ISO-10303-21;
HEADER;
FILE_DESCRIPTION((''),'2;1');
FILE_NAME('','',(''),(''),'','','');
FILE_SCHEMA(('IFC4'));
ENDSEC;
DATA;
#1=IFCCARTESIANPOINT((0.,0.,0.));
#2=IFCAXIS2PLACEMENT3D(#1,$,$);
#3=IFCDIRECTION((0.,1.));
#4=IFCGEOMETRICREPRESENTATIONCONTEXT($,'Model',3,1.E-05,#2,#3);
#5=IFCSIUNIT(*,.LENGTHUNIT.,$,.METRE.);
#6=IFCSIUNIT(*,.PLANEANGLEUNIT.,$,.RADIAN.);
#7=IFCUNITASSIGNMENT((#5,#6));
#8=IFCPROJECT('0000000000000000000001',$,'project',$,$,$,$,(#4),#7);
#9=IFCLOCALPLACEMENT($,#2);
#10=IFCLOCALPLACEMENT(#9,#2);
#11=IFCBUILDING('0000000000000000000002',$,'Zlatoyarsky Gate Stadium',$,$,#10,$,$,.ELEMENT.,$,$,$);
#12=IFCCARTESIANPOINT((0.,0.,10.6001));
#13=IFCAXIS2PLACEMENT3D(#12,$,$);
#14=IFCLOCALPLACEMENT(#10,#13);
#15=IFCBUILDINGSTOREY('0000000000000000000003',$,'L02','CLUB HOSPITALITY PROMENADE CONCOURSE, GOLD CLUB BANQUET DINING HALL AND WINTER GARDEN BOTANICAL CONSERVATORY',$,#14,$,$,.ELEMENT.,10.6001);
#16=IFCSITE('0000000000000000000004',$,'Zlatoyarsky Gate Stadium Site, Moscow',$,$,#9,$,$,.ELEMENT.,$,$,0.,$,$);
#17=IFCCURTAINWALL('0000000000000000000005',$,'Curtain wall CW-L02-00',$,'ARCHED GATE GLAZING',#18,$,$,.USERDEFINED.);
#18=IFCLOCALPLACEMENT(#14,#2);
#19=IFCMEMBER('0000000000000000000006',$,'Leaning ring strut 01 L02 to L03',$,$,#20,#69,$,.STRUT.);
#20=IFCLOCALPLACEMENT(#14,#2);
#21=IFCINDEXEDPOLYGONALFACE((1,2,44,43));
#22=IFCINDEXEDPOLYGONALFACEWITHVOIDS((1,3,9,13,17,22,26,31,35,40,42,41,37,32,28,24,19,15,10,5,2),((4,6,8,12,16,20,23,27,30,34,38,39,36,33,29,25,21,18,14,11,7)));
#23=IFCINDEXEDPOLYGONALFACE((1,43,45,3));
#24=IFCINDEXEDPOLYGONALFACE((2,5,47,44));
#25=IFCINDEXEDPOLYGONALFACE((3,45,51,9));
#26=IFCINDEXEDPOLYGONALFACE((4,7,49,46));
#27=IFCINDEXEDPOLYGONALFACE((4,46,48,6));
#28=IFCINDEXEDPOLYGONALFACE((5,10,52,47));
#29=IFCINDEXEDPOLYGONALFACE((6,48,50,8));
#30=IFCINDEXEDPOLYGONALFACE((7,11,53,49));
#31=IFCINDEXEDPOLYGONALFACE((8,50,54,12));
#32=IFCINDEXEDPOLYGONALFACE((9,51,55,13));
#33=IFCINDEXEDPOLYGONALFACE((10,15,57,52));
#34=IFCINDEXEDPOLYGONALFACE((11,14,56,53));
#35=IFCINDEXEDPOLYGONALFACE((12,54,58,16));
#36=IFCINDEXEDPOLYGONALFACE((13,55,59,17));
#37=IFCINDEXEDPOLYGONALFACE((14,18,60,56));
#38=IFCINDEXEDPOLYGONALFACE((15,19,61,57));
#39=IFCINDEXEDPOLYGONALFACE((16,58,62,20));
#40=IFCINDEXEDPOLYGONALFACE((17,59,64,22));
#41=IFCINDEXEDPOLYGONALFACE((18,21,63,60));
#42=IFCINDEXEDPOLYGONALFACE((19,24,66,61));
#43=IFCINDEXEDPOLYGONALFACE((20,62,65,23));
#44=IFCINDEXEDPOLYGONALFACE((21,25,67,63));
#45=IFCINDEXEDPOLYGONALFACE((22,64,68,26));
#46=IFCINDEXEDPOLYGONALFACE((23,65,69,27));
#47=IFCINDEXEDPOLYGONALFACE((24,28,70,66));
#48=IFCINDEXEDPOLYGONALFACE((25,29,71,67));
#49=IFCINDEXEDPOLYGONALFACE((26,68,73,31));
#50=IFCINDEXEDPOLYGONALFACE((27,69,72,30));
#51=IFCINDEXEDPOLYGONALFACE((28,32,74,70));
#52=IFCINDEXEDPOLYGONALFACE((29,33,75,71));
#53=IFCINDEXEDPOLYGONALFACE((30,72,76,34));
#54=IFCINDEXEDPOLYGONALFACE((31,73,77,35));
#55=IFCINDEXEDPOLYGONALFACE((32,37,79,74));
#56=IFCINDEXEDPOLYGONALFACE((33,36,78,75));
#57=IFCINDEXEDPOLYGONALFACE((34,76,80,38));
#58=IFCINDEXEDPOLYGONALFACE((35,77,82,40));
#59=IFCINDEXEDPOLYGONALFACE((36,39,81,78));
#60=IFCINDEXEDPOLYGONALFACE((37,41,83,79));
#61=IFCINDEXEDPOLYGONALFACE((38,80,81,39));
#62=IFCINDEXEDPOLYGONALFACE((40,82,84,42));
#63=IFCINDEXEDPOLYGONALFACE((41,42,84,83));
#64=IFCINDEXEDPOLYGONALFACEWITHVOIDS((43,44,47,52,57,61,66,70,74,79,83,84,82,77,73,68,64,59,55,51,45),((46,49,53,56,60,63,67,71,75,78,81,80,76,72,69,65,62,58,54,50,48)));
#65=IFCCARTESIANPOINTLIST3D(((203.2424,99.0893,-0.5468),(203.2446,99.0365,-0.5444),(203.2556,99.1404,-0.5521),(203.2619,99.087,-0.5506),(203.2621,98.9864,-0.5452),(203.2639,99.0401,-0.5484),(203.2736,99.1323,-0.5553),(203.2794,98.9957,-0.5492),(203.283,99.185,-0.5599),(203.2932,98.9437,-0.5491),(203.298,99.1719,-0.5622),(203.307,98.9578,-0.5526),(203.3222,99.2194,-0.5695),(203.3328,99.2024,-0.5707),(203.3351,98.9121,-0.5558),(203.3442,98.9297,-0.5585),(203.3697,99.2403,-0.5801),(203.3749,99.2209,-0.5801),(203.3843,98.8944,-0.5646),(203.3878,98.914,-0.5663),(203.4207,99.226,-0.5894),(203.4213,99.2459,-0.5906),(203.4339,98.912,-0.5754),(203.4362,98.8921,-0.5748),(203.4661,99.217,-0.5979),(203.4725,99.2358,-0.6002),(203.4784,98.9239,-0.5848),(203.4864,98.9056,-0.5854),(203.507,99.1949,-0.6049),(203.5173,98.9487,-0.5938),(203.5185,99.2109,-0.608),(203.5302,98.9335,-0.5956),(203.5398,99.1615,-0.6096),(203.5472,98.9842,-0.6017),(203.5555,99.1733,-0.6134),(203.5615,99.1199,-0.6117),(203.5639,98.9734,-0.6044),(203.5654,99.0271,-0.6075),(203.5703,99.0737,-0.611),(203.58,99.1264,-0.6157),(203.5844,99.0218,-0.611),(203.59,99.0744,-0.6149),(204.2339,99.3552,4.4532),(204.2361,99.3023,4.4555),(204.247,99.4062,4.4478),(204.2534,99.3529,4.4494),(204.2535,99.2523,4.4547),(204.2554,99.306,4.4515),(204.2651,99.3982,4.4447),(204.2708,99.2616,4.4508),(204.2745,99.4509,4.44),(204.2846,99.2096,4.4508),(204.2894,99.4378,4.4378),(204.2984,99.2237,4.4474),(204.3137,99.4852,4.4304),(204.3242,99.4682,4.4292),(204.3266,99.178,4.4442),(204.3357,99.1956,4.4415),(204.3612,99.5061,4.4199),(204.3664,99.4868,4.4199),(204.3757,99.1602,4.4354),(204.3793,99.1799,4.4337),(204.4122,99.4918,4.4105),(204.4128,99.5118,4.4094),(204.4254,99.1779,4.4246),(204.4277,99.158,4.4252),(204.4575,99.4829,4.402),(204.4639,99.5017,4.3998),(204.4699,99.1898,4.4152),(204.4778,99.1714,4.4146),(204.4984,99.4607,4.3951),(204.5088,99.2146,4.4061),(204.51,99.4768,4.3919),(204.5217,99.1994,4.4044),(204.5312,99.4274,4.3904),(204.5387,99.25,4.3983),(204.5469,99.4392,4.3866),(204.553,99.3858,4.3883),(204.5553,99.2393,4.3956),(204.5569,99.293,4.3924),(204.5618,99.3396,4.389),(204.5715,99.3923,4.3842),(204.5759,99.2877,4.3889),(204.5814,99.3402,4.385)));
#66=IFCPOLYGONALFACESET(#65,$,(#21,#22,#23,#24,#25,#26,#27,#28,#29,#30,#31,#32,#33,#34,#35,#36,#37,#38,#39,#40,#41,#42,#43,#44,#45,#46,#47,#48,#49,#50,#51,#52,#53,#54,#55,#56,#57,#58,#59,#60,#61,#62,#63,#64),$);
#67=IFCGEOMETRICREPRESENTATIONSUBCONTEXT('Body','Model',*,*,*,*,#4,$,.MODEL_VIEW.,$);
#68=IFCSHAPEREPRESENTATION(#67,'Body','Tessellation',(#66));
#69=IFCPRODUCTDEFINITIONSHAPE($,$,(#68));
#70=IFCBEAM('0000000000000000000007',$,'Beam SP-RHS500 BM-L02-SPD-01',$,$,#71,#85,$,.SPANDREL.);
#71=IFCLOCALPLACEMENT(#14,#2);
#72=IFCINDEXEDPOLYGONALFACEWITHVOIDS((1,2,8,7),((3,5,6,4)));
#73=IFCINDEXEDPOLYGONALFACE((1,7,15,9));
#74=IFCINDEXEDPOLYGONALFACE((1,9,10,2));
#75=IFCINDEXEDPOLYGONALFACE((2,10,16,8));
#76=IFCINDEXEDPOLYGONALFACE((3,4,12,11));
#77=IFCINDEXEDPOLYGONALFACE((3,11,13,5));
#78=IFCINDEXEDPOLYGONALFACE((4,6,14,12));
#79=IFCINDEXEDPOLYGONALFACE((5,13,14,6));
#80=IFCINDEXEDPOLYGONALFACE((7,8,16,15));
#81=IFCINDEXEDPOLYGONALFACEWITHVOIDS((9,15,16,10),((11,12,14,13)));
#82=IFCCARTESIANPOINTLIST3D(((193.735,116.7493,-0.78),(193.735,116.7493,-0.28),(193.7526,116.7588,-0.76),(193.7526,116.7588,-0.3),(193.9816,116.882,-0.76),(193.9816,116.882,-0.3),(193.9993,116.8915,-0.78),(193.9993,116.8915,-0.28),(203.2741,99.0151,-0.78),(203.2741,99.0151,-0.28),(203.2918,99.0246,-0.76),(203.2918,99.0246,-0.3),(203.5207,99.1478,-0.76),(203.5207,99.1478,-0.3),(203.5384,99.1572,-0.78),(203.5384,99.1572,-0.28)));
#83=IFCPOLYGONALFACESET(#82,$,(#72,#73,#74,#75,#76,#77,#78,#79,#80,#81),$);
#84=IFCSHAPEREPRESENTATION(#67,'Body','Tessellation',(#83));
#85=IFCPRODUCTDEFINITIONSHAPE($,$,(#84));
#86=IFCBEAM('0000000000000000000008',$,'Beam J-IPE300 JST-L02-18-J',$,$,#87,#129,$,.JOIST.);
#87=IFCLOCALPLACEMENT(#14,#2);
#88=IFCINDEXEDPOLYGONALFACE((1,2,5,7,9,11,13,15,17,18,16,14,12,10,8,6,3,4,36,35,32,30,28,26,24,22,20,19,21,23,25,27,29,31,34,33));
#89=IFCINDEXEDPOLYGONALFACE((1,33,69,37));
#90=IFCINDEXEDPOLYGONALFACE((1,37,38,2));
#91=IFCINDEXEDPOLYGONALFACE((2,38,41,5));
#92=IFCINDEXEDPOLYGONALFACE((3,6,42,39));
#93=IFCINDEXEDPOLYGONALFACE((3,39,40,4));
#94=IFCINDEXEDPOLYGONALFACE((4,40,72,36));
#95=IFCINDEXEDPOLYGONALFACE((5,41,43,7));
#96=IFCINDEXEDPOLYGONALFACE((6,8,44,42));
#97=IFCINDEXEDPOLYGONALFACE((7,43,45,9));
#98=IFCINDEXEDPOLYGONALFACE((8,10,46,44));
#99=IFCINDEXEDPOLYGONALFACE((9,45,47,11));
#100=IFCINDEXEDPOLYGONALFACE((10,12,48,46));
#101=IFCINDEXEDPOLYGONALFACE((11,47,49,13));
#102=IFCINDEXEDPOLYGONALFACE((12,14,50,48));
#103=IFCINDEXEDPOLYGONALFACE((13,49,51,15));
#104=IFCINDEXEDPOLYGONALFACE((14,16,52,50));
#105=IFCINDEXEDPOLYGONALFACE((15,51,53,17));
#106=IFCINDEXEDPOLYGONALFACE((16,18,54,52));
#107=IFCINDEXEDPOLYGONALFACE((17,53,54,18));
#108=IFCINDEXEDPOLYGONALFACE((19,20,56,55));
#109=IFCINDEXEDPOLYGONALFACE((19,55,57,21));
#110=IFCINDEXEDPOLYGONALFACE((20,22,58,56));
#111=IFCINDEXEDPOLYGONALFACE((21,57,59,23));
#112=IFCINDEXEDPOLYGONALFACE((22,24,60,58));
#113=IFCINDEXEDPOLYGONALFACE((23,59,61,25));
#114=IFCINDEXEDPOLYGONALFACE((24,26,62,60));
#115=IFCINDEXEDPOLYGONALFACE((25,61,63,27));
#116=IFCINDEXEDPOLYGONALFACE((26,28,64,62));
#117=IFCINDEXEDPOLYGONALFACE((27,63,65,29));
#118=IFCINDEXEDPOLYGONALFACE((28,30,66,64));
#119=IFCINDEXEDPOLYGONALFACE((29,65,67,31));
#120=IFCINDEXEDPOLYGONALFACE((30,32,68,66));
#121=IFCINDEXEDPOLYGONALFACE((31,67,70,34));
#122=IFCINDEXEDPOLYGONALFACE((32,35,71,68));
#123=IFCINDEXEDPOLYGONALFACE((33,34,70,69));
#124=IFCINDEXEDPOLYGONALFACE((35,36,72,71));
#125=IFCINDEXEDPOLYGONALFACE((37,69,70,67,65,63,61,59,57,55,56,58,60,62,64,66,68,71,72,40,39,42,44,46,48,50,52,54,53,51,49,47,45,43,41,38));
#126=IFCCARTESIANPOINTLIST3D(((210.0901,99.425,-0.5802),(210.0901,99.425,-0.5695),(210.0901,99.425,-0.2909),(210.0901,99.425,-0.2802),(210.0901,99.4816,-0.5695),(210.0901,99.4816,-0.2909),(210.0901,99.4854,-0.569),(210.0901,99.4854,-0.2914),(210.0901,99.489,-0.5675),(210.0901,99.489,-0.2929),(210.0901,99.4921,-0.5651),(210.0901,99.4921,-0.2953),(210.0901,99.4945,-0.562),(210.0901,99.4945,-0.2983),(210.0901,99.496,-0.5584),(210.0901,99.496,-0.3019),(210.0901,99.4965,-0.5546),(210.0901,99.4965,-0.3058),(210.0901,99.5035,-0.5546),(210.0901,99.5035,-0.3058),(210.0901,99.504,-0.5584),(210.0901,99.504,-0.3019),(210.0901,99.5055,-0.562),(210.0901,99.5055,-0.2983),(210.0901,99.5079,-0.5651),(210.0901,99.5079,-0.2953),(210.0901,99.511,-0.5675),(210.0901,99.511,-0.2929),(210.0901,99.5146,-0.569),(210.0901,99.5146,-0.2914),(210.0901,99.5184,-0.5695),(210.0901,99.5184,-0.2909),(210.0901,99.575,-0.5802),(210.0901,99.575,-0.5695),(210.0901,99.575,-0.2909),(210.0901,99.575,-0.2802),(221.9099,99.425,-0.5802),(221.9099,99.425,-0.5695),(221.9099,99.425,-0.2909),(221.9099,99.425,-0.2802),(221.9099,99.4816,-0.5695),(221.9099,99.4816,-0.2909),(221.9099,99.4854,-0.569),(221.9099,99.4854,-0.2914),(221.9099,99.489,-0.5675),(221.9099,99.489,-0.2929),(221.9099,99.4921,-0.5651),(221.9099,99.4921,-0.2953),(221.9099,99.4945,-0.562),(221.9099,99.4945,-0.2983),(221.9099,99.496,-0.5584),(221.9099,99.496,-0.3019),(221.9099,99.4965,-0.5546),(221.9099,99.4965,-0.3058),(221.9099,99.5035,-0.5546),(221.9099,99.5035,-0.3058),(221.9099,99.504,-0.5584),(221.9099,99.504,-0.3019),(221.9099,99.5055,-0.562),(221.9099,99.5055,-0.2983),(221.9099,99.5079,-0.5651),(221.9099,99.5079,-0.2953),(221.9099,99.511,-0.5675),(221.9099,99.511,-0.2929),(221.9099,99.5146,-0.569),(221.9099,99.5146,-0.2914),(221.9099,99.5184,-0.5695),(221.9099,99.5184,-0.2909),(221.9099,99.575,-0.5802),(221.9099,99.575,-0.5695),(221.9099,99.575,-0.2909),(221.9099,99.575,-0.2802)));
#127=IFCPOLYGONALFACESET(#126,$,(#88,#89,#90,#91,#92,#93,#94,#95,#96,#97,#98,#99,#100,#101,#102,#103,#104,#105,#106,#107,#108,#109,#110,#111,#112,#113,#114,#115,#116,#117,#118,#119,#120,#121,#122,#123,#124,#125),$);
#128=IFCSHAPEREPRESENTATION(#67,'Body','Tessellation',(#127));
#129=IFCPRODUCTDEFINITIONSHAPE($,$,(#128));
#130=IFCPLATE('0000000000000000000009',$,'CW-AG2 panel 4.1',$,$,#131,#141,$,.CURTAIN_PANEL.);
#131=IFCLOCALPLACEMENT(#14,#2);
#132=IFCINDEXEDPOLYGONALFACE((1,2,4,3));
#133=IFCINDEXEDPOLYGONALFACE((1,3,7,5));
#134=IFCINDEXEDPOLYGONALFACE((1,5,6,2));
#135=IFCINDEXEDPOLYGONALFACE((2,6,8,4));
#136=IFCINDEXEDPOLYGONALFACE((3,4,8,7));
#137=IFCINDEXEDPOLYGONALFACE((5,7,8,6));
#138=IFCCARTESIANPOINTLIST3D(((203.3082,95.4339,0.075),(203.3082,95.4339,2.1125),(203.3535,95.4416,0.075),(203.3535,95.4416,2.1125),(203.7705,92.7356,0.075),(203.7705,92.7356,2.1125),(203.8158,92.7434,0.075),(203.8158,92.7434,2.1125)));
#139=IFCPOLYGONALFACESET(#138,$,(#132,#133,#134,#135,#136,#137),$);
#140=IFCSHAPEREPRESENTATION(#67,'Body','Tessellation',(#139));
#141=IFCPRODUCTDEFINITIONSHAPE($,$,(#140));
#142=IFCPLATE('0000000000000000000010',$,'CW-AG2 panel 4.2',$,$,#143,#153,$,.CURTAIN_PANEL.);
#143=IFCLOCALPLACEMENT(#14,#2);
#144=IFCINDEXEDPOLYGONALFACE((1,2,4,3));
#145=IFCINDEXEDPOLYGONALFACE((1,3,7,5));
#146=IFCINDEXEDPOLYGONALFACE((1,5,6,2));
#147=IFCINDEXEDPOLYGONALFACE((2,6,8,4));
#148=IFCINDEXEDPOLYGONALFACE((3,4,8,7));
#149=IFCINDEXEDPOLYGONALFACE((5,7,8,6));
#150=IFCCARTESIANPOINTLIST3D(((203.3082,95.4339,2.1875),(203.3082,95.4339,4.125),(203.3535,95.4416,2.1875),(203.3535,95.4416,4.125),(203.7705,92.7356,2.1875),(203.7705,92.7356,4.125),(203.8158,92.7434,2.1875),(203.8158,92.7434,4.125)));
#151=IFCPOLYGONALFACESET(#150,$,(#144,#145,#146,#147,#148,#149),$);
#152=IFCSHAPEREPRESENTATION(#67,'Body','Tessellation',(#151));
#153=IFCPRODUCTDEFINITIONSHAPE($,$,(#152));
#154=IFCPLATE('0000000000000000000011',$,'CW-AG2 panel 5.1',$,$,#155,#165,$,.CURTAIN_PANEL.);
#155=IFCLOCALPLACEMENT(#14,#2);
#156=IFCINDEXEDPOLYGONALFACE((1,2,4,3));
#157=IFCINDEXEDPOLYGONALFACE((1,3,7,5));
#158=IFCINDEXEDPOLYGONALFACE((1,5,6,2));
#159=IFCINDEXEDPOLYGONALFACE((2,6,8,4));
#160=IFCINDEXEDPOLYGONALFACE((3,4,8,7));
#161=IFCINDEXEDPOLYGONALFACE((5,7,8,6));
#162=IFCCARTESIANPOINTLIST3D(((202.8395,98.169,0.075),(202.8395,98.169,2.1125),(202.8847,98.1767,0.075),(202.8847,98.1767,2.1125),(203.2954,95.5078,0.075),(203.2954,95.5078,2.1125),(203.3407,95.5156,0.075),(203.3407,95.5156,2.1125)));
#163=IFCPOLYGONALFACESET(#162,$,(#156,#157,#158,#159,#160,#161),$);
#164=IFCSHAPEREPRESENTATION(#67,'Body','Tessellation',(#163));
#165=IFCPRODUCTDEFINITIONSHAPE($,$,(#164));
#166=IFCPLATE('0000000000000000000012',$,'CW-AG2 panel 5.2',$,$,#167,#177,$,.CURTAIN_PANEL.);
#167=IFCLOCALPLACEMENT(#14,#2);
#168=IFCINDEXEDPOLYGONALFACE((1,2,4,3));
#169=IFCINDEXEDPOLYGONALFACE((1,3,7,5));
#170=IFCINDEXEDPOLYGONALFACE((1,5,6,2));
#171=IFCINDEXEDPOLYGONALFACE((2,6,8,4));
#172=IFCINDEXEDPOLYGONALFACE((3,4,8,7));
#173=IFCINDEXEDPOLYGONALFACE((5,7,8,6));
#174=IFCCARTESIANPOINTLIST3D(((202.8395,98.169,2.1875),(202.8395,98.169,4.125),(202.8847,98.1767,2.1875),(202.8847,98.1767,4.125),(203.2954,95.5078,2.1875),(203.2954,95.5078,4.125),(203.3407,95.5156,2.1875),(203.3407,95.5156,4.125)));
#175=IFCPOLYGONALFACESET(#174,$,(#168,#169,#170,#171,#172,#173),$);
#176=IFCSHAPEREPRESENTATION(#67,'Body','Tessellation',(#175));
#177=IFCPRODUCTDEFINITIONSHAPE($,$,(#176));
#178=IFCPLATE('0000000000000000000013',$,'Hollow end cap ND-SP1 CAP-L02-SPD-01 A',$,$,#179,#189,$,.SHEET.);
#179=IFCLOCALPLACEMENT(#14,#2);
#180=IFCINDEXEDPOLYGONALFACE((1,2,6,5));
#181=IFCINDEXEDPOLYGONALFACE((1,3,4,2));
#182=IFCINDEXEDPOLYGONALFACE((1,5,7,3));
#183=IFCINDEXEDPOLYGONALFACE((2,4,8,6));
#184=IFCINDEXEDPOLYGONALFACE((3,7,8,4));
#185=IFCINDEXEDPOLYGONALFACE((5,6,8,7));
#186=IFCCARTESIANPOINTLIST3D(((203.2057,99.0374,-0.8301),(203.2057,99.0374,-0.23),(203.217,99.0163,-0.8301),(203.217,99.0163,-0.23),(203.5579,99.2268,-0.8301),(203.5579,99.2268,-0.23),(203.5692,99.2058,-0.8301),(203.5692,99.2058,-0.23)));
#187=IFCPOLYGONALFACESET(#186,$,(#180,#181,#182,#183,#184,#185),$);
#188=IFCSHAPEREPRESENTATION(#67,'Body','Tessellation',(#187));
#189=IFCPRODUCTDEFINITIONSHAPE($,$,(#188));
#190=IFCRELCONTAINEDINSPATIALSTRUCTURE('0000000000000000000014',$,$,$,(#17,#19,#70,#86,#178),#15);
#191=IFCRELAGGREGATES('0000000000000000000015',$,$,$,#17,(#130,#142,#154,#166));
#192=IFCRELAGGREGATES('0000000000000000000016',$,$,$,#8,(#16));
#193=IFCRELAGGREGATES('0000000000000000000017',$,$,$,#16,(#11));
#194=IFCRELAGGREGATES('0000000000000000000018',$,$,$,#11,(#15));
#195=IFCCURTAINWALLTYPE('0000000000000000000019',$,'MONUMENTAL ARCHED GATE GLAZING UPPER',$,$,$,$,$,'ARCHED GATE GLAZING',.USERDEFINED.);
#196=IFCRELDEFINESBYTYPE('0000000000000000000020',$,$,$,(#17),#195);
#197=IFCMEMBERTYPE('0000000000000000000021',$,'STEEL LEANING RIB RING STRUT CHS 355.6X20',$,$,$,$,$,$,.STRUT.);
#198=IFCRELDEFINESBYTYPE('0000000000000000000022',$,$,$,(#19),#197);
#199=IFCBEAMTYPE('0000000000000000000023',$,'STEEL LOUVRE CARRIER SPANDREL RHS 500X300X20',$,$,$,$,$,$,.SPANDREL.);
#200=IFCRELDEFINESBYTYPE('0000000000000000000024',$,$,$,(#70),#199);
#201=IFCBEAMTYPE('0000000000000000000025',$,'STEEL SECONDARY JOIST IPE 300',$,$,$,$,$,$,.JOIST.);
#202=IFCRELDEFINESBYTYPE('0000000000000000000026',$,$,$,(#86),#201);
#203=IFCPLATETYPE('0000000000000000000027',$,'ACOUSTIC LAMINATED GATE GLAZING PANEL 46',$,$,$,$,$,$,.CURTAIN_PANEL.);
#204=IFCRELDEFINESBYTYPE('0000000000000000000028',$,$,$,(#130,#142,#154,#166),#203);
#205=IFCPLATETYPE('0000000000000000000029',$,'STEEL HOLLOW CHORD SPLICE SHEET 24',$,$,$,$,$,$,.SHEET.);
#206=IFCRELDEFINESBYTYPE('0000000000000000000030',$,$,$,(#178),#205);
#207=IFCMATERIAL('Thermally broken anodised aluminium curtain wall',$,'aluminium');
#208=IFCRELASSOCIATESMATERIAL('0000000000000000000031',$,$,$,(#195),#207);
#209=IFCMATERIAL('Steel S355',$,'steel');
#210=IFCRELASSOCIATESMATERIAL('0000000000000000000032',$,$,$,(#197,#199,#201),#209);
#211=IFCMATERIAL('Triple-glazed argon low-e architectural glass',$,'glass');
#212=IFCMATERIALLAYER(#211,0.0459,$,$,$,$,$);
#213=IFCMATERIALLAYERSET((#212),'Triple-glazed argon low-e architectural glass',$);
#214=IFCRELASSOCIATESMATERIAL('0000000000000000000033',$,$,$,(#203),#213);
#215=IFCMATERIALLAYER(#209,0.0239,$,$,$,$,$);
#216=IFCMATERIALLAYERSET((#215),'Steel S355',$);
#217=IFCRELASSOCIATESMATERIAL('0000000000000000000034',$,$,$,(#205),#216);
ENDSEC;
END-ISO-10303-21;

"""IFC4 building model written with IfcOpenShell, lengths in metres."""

from ifc_helpers import new_model, si_unit, direction, frame, origin, origin_2d, place, context, subcontext, project, spatial, rectangle, hollow_rectangle, hollow_circle, i_section, extrude, material, layer, layer_set, material_profile, profile_set, type_object, element, aggregate, save


model = new_model("IFC4")

# Units and contexts
model_context = context("Model", 3, precision=1e-05, world=origin(), true_north=direction((0.0, 1.0)))
body_context = subcontext(model_context, "Body", "Model", "MODEL_VIEW")
ifc_project = project(units=[si_unit("LENGTHUNIT", "METRE"), si_unit("PLANEANGLEUNIT", "RADIAN")], contexts=[model_context])

# Site, building, storey
site_placement = place(None, origin())
site = spatial("IfcSite", under=ifc_project, at=site_placement, Name="Zlatoyarsky Gate Stadium Site, Moscow", CompositionType="ELEMENT", RefElevation=0.0)
building_placement = place(site_placement, origin())
building = spatial("IfcBuilding", under=site, at=building_placement, Name="Zlatoyarsky Gate Stadium", CompositionType="ELEMENT")
storey_placement = place(building_placement, frame((0.0, 0.0, 10.6001)))
storey = spatial("IfcBuildingStorey", under=building, at=storey_placement, Name="L02", Description="CLUB HOSPITALITY PROMENADE CONCOURSE, GOLD CLUB BANQUET DINING HALL AND WINTER GARDEN BOTANICAL CONSERVATORY", CompositionType="ELEMENT", Elevation=10.6001)

# Shared definitions
ifc_material_1 = material(Name="Steel S355", Category="steel")

# Curtain wall
ifc_material_2 = material(Name="Thermally broken anodised aluminium curtain wall", Category="aluminium")
curtain_wall_type_1 = type_object("IfcCurtainWallType", Name="MONUMENTAL ARCHED GATE GLAZING UPPER", ElementType="ARCHED GATE GLAZING", PredefinedType="USERDEFINED", material=ifc_material_2)
curtain_wall_1_placement = place(storey_placement, origin())
curtain_wall_1 = element("IfcCurtainWall", 1, at=curtain_wall_1_placement, inside=storey, type_object=curtain_wall_type_1, Name="Curtain wall CW-L02-00", ObjectType="ARCHED GATE GLAZING", PredefinedType="USERDEFINED")

# Member
ifc_material_profile_1 = material_profile(ifc_material_1, hollow_circle(Radius=0.1777, WallThickness=0.02, at=origin_2d()), Name="CHS 355.6X20")
ifc_profile_set_1 = profile_set([ifc_material_profile_1], Name="Steel S355")
member_type_1 = type_object("IfcMemberType", Name="STEEL LEANING RIB RING STRUT CHS 355.6X20", PredefinedType="STRUT", material=ifc_profile_set_1)
member_1_placement = place(storey_placement, frame((203.4158, 99.0686, -0.5801), z_axis=(0.19424, 0.052087, 0.97957), x_axis=(-0.25901, 0.965875, 0.0)))
element("IfcMember", 2, at=member_1_placement, inside=storey, type_object=member_type_1, Name="Leaning ring strut 01 L02 to L03", PredefinedType="STRUT", context=body_context, shape_type="SweptSolid", body=[
    extrude(hollow_circle(Radius=0.1777, WallThickness=0.02, at=origin_2d()), origin(), (0.0, 0.0, 1.0), 5.1042),
])

# Beams
ifc_material_profile_2 = material_profile(ifc_material_1, hollow_rectangle(XDim=0.3, YDim=0.5, WallThickness=0.02, at=origin_2d()), Name="RHS 500X300X20")
ifc_profile_set_2 = profile_set([ifc_material_profile_2], Name="Steel S355")
beam_type_1 = type_object("IfcBeamType", Name="STEEL LOUVRE CARRIER SPANDREL RHS 500X300X20", PredefinedType="SPANDREL", material=ifc_profile_set_2)
beam_1_placement = place(storey_placement, frame((203.4062, 99.0862, -0.53), z_axis=(-0.473712, 0.88068, 0.0), x_axis=(-0.88068, -0.473712, 0.0)))
element("IfcBeam", 3, at=beam_1_placement, inside=storey, type_object=beam_type_1, Name="Beam SP-RHS500 BM-L02-SPD-01", PredefinedType="SPANDREL", context=body_context, shape_type="SweptSolid", body=[
    extrude(hollow_rectangle(XDim=0.3, YDim=0.5, WallThickness=0.02, at=origin_2d()), origin(), (0.0, 0.0, 1.0), 20.137),
])
ifc_material_profile_3 = material_profile(ifc_material_1, i_section(OverallWidth=0.1499, OverallDepth=0.3, WebThickness=0.0071, FlangeThickness=0.0107, FilletRadius=0.0149, at=origin_2d()), Name="IPE 300")
ifc_profile_set_3 = profile_set([ifc_material_profile_3], Name="Steel S355")
beam_type_2 = type_object("IfcBeamType", Name="STEEL SECONDARY JOIST IPE 300", PredefinedType="JOIST", material=ifc_profile_set_3)
beam_2_placement = place(storey_placement, frame((210.0901, 99.5, -0.4302), z_axis=(1.0, 0.0, 0.0), x_axis=(0.0, 1.0, 0.0)))
element("IfcBeam", 4, at=beam_2_placement, inside=storey, type_object=beam_type_2, Name="Beam J-IPE300 JST-L02-18-J", PredefinedType="JOIST", context=body_context, shape_type="SweptSolid", body=[
    extrude(i_section(OverallWidth=0.1499, OverallDepth=0.3, WebThickness=0.0071, FlangeThickness=0.0107, FilletRadius=0.0149, at=origin_2d()), origin(), (0.0, 0.0, 1.0), 11.8198),
])

# Plates
ifc_material_3 = material(Name="Triple-glazed argon low-e architectural glass", Category="glass")
ifc_layer_1 = layer(ifc_material_3, 0.0459)
ifc_layer_set_1 = layer_set([ifc_layer_1], Name="Triple-glazed argon low-e architectural glass")
plate_type_1 = type_object("IfcPlateType", Name="ACOUSTIC LAMINATED GATE GLAZING PANEL 46", PredefinedType="CURTAIN_PANEL", material=ifc_layer_set_1)
plate_1_placement = place(storey_placement, frame((203.562, 94.0886, 0.075), z_axis=(0.0, 0.0, 1.0), x_axis=(-0.168878, 0.985637, 0.0)))
plate_1 = element("IfcPlate", 5, at=plate_1_placement, type_object=plate_type_1, Name="CW-AG2 panel 4.1", PredefinedType="CURTAIN_PANEL", context=body_context, shape_type="SweptSolid", body=[
    extrude(rectangle(XDim=2.7375, YDim=0.0459, at=origin_2d()), origin(), (0.0, 0.0, 1.0), 2.0376),
])
plate_2_placement = place(storey_placement, frame((203.562, 94.0886, 2.1875), z_axis=(0.0, 0.0, 1.0), x_axis=(-0.168878, 0.985637, 0.0)))
plate_2 = element("IfcPlate", 6, at=plate_2_placement, type_object=plate_type_1, Name="CW-AG2 panel 4.2", PredefinedType="CURTAIN_PANEL", context=body_context, shape_type="SweptSolid", body=[
    extrude(rectangle(XDim=2.7375, YDim=0.0459, at=origin_2d()), origin(), (0.0, 0.0, 1.0), 1.9375),
])
plate_3_placement = place(storey_placement, frame((203.0901, 96.8423, 0.075), z_axis=(0.0, 0.0, 1.0), x_axis=(-0.168878, 0.985637, 0.0)))
plate_3 = element("IfcPlate", 7, at=plate_3_placement, type_object=plate_type_1, Name="CW-AG2 panel 5.1", PredefinedType="CURTAIN_PANEL", context=body_context, shape_type="SweptSolid", body=[
    extrude(rectangle(XDim=2.7, YDim=0.0459, at=origin_2d()), origin(), (0.0, 0.0, 1.0), 2.0376),
])
plate_4_placement = place(storey_placement, frame((203.0901, 96.8423, 2.1875), z_axis=(0.0, 0.0, 1.0), x_axis=(-0.168878, 0.985637, 0.0)))
plate_4 = element("IfcPlate", 8, at=plate_4_placement, type_object=plate_type_1, Name="CW-AG2 panel 5.2", PredefinedType="CURTAIN_PANEL", context=body_context, shape_type="SweptSolid", body=[
    extrude(rectangle(XDim=2.7, YDim=0.0459, at=origin_2d()), origin(), (0.0, 0.0, 1.0), 1.9375),
])
aggregate(curtain_wall_1, [plate_1, plate_2, plate_3, plate_4])

# Plate
ifc_layer_2 = layer(ifc_material_1, 0.0239)
ifc_layer_set_2 = layer_set([ifc_layer_2], Name="Steel S355")
plate_type_2 = type_object("IfcPlateType", Name="STEEL HOLLOW CHORD SPLICE SHEET 24", PredefinedType="SHEET", material=ifc_layer_set_2)
plate_5_placement = place(storey_placement, frame((203.3875, 99.1216, -0.8301), z_axis=(0.0, 0.0, 1.0), x_axis=(-0.473714, 0.880679, 0.0)))
element("IfcPlate", 9, at=plate_5_placement, inside=storey, type_object=plate_type_2, Name="Hollow end cap ND-SP1 CAP-L02-SPD-01 A", PredefinedType="SHEET", context=body_context, shape_type="SweptSolid", body=[
    extrude(rectangle(XDim=0.0239, YDim=0.3999, at=origin_2d()), origin(), (0.0, 0.0, 1.0), 0.6001),
])

save(model, "model.ifc")
